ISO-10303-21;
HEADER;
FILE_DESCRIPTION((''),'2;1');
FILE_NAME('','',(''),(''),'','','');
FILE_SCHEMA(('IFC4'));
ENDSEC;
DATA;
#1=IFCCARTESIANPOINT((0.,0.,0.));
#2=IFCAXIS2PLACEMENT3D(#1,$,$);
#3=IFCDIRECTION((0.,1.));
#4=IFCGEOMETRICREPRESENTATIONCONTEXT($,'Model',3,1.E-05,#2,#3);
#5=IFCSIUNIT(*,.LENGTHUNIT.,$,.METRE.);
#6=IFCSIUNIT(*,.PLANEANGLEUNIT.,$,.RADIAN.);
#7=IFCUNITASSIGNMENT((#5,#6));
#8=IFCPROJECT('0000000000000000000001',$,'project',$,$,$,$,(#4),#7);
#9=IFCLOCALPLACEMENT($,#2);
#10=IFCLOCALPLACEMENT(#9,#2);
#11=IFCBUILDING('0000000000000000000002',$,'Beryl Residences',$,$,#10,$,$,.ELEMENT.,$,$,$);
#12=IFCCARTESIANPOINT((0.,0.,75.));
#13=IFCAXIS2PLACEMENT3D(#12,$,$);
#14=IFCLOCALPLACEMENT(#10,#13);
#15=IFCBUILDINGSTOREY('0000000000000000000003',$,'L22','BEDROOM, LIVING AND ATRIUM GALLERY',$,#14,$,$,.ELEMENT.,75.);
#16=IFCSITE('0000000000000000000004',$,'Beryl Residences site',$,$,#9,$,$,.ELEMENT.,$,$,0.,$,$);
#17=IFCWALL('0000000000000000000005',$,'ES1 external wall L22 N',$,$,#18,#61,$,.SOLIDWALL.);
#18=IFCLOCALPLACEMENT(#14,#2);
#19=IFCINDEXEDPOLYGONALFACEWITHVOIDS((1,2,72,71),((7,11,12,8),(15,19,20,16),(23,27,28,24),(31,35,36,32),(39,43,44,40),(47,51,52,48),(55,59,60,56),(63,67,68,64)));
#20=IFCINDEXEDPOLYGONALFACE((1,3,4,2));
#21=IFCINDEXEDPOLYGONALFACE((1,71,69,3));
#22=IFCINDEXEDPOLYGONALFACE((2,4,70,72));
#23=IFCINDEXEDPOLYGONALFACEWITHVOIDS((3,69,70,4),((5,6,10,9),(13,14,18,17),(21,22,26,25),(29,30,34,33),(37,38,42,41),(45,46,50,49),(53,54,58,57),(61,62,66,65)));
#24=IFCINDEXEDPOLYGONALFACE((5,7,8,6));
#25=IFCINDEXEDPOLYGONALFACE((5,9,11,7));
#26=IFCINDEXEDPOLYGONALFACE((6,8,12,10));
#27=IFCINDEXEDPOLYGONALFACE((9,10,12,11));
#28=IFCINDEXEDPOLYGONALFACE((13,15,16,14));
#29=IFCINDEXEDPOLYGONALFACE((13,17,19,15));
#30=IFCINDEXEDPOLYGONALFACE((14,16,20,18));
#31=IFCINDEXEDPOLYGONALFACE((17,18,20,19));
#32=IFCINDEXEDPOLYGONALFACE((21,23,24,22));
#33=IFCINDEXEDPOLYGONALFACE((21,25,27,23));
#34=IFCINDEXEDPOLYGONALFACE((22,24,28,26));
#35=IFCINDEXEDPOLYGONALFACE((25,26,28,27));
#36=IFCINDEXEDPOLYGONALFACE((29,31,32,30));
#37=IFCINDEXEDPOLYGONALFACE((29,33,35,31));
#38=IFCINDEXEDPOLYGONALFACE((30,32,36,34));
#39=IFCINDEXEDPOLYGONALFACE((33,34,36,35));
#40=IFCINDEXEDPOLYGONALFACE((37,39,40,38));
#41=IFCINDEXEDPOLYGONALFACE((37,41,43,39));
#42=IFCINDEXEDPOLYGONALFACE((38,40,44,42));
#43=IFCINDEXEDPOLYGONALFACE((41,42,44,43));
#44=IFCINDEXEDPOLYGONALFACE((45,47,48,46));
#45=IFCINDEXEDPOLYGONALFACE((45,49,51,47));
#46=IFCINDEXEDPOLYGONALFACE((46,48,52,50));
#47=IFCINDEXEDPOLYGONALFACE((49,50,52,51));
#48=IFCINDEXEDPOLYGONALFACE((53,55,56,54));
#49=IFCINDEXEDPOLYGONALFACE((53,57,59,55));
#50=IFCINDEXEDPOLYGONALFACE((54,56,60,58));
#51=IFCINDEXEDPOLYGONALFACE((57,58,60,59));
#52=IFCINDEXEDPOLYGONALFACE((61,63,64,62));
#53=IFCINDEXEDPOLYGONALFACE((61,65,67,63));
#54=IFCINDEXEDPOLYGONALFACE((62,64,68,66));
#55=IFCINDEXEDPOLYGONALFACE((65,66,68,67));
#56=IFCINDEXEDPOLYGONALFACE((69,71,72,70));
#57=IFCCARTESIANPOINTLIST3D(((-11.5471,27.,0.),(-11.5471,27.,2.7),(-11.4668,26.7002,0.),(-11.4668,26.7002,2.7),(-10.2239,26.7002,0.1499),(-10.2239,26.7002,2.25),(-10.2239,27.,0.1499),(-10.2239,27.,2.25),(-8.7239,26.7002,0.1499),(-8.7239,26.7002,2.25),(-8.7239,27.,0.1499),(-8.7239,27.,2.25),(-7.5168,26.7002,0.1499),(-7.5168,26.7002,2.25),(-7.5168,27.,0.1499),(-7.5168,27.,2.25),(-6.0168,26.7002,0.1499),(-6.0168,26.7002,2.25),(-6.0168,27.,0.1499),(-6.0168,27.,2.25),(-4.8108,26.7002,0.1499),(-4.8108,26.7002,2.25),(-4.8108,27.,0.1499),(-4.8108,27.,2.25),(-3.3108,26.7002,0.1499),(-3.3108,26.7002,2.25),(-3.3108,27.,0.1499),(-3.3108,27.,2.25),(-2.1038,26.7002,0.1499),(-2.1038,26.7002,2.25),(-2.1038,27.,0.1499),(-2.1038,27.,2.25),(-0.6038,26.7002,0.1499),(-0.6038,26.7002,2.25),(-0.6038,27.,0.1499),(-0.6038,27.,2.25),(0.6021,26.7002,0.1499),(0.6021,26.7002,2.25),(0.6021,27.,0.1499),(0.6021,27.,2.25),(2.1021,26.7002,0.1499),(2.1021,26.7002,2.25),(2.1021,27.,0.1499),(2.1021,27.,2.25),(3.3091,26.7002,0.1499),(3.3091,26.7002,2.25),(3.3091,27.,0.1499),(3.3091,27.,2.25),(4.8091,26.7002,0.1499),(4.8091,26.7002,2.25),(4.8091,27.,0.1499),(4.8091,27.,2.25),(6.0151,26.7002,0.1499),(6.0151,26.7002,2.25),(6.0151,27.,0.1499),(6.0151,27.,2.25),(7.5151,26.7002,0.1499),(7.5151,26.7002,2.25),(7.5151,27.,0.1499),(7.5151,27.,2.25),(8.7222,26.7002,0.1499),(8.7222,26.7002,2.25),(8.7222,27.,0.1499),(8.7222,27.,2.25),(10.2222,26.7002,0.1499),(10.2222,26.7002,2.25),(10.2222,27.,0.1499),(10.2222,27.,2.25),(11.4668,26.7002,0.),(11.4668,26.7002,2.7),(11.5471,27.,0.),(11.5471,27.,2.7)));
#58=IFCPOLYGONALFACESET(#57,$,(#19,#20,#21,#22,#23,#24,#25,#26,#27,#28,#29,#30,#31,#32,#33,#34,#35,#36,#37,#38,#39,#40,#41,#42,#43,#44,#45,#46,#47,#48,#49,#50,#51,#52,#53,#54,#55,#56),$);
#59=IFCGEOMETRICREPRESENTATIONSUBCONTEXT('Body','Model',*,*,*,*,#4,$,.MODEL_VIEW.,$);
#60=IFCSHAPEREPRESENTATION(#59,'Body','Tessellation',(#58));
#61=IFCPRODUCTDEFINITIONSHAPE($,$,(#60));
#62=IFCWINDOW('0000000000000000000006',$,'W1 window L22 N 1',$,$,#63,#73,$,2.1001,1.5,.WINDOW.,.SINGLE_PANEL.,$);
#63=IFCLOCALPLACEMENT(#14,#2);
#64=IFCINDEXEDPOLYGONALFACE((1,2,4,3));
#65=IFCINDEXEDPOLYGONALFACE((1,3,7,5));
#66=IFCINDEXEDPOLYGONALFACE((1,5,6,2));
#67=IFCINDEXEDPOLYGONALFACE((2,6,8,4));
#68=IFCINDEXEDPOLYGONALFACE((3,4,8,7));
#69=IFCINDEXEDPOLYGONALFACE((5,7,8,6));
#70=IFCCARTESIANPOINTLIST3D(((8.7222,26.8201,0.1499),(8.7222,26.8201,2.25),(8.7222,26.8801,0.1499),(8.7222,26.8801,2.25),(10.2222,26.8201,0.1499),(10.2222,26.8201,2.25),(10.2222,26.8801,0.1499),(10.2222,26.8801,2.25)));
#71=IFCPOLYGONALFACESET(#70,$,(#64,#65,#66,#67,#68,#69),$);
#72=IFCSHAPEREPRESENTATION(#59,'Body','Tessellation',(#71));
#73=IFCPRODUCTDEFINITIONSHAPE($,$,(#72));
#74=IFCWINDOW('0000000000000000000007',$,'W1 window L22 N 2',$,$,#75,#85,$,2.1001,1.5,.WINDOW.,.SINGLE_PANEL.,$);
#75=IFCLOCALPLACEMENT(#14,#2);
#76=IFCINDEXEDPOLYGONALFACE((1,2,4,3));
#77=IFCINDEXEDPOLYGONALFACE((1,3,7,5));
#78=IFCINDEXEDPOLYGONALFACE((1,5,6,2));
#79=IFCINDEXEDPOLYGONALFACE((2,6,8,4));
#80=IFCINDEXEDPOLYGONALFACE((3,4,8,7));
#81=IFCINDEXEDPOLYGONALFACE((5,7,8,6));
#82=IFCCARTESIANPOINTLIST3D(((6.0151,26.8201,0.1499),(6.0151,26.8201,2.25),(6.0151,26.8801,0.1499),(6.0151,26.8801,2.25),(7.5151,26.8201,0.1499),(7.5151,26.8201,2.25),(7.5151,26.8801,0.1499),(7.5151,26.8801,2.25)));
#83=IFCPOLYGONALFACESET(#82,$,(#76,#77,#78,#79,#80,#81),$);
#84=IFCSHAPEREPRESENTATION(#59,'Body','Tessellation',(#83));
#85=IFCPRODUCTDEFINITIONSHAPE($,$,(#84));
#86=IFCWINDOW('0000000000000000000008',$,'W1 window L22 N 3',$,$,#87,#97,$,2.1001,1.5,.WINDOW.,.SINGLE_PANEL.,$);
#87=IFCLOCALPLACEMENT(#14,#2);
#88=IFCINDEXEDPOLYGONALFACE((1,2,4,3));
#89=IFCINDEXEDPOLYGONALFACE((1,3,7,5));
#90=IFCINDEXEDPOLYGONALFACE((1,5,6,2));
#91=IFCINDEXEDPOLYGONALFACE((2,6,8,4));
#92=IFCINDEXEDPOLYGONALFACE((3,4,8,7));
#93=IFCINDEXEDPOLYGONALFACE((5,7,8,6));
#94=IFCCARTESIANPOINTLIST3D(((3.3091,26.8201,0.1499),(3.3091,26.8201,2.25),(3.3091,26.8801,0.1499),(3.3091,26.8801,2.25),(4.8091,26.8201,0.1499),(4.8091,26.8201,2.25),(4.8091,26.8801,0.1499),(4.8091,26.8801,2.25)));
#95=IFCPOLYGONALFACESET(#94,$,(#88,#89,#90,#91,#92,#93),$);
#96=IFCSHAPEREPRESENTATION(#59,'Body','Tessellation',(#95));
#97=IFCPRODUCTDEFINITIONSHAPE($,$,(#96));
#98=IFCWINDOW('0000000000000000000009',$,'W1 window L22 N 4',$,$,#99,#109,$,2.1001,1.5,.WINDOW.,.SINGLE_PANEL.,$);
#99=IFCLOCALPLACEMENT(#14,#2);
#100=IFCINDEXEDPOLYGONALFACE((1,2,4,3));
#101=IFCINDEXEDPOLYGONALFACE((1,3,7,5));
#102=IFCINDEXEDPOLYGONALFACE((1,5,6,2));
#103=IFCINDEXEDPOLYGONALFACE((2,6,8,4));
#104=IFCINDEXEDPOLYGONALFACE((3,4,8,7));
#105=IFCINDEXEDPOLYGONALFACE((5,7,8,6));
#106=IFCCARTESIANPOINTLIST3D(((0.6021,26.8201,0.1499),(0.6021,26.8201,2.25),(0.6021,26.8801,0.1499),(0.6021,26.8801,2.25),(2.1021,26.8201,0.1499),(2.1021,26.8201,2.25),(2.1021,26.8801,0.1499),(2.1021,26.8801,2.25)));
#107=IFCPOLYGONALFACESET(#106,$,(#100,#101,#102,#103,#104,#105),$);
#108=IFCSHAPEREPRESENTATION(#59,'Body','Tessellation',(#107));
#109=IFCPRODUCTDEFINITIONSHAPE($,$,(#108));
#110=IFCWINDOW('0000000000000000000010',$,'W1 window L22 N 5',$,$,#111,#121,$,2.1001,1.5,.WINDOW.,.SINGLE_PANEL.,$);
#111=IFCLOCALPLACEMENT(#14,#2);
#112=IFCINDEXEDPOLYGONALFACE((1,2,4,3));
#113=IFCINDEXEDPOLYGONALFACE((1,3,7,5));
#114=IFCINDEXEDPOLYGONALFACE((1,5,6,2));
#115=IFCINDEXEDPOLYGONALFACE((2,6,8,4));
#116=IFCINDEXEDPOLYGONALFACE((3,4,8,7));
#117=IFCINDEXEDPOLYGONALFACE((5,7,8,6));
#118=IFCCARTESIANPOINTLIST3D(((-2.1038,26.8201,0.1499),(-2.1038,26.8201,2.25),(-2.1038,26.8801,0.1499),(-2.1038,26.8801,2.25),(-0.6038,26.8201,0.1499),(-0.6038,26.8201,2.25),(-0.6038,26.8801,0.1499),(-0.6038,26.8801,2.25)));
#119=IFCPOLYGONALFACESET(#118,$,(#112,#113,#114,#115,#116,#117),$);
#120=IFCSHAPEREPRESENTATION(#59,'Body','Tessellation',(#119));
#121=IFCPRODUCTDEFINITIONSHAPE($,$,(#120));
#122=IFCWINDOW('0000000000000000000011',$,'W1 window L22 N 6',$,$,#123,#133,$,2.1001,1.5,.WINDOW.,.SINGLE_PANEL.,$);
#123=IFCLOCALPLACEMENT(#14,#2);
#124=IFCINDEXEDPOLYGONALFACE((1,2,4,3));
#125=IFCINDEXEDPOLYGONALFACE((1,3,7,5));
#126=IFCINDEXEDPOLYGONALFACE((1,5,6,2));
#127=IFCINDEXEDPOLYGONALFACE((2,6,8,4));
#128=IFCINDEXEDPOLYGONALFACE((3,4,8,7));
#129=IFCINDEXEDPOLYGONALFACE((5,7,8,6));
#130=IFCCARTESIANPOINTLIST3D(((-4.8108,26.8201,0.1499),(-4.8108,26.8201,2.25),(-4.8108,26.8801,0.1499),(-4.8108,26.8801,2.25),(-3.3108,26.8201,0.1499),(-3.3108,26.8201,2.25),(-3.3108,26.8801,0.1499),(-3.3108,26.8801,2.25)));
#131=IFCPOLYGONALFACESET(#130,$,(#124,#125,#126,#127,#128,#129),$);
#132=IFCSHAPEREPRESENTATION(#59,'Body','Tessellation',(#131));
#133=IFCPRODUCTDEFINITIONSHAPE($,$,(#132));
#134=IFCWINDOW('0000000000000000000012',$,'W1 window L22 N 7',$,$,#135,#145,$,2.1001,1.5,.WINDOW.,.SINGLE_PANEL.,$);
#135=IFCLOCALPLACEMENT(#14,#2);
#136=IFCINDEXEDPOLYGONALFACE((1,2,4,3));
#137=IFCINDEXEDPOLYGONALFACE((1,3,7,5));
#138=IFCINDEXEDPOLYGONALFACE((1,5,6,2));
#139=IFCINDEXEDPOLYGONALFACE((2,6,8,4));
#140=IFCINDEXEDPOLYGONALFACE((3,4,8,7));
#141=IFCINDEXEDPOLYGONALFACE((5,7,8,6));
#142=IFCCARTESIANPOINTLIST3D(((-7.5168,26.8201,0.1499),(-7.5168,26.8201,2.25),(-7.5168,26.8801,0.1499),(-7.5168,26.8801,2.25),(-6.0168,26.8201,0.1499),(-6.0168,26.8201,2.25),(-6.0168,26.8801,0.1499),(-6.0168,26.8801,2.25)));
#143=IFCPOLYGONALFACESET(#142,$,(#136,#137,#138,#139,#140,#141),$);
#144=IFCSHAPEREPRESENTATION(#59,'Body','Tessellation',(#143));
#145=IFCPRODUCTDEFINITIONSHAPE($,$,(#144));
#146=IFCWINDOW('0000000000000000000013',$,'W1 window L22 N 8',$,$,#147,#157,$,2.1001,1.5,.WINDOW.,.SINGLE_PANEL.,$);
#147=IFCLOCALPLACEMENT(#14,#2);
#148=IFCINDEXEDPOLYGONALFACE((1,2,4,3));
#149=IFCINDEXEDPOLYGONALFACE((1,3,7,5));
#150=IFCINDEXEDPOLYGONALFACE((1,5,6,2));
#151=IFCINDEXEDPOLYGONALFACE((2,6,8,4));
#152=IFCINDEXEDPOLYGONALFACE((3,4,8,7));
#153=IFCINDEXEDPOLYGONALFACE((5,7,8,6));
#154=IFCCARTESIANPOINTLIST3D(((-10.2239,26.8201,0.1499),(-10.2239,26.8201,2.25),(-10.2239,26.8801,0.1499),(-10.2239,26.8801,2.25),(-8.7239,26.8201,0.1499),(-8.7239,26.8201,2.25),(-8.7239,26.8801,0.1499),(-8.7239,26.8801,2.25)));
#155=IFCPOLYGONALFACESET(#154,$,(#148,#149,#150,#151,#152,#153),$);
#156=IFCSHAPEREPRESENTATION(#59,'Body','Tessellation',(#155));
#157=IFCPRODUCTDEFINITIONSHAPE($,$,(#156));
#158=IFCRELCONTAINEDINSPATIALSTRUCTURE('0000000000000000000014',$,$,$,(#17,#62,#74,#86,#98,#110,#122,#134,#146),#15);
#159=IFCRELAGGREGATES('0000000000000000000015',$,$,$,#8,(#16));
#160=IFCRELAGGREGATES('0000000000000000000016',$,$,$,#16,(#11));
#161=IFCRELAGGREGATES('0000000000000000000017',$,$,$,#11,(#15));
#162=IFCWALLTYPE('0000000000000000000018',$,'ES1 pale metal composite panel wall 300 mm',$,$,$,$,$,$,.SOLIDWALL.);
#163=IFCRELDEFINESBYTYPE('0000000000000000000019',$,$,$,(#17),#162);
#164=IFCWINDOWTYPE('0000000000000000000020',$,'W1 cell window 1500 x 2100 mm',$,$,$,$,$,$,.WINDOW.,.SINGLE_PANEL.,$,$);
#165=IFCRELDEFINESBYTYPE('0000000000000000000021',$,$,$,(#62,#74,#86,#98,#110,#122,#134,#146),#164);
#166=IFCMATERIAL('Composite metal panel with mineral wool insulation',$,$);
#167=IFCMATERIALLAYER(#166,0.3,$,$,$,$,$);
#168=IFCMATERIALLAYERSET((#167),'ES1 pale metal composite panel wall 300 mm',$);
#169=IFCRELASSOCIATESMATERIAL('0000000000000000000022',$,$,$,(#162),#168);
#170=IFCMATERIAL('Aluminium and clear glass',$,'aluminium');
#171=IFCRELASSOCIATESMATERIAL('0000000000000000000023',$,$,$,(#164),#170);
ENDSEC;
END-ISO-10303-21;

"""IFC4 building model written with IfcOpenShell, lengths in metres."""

from ifc_helpers import new_model, si_unit, direction, frame, frame_2d, origin, place, context, subcontext, project, spatial, polyline, rectangle, outline, extrude, material, layer, layer_set, type_object, element, fill, save


model = new_model("IFC4")

# Units and contexts
model_context = context("Model", 3, precision=1e-05, world=origin(), true_north=direction((0.0, 1.0)))
body_context = subcontext(model_context, "Body", "Model", "MODEL_VIEW")
ifc_project = project(units=[si_unit("LENGTHUNIT", "METRE"), si_unit("PLANEANGLEUNIT", "RADIAN")], contexts=[model_context])

# Site, building, storey
site_placement = place(None, origin())
site = spatial("IfcSite", under=ifc_project, at=site_placement, Name="Beryl Residences site", CompositionType="ELEMENT", RefElevation=0.0)
building_placement = place(site_placement, origin())
building = spatial("IfcBuilding", under=site, at=building_placement, Name="Beryl Residences", CompositionType="ELEMENT")
storey_placement = place(building_placement, frame((0.0, 0.0, 75.0)))
storey = spatial("IfcBuildingStorey", under=building, at=storey_placement, Name="L22", Description="BEDROOM, LIVING AND ATRIUM GALLERY", CompositionType="ELEMENT", Elevation=75.0)

# Wall, openings, windows
ifc_material_1 = material(Name="Composite metal panel with mineral wool insulation")
ifc_layer = layer(ifc_material_1, 0.3)
ifc_layer_set = layer_set([ifc_layer], Name="ES1 pale metal composite panel wall 300 mm")
wall_type = type_object("IfcWallType", Name="ES1 pale metal composite panel wall 300 mm", PredefinedType="SOLIDWALL", material=ifc_layer_set)
wall_1_placement = place(storey_placement, frame((11.5471, 26.8501, 0.0), z_axis=(0.0, 0.0, 1.0), x_axis=(-1.0, 0.0, 0.0)))
wall_1 = element("IfcWall", 1, at=wall_1_placement, inside=storey, type_object=wall_type, Name="ES1 external wall L22 N", PredefinedType="SOLIDWALL", context=body_context, shape_type="SweptSolid", body=[
    extrude(outline(polyline([(0.0, -0.1499), (23.0942, -0.1499), (23.0139, 0.1499), (0.0803, 0.1499), (0.0, -0.1499)])), origin(), (0.0, 0.0, 1.0), 2.7),
])
opening_1_placement = place(wall_1_placement, frame((1.325, 0.0, 0.1499)))
opening_1 = element("IfcOpeningElement", 2, at=opening_1_placement, cuts=wall_1, PredefinedType="OPENING", context=body_context, shape_type="SweptSolid", body=[
    extrude(rectangle(XDim=1.5, YDim=2.1001, at=frame_2d((0.75, 1.05))), frame((0.0, 0.1599, 0.0), z_axis=(0.0, -1.0, 0.0), x_axis=(1.0, 0.0, 0.0)), (0.0, 0.0, 1.0), 0.3201),
])
opening_2_placement = place(wall_1_placement, frame((4.032, 0.0, 0.1499)))
opening_2 = element("IfcOpeningElement", 3, at=opening_2_placement, cuts=wall_1, PredefinedType="OPENING", context=body_context, shape_type="SweptSolid", body=[
    extrude(rectangle(XDim=1.5, YDim=2.1001, at=frame_2d((0.75, 1.05))), frame((0.0, 0.1599, 0.0), z_axis=(0.0, -1.0, 0.0), x_axis=(1.0, 0.0, 0.0)), (0.0, 0.0, 1.0), 0.3201),
])
opening_3_placement = place(wall_1_placement, frame((6.738, 0.0, 0.1499)))
opening_3 = element("IfcOpeningElement", 4, at=opening_3_placement, cuts=wall_1, PredefinedType="OPENING", context=body_context, shape_type="SweptSolid", body=[
    extrude(rectangle(XDim=1.5, YDim=2.1001, at=frame_2d((0.75, 1.05))), frame((0.0, 0.1599, 0.0), z_axis=(0.0, -1.0, 0.0), x_axis=(1.0, 0.0, 0.0)), (0.0, 0.0, 1.0), 0.3201),
])
opening_4_placement = place(wall_1_placement, frame((9.4451, 0.0, 0.1499)))
opening_4 = element("IfcOpeningElement", 5, at=opening_4_placement, cuts=wall_1, PredefinedType="OPENING", context=body_context, shape_type="SweptSolid", body=[
    extrude(rectangle(XDim=1.5, YDim=2.1001, at=frame_2d((0.75, 1.05))), frame((0.0, 0.1599, 0.0), z_axis=(0.0, -1.0, 0.0), x_axis=(1.0, 0.0, 0.0)), (0.0, 0.0, 1.0), 0.3201),
])
opening_5_placement = place(wall_1_placement, frame((12.1509, 0.0, 0.1499)))
opening_5 = element("IfcOpeningElement", 6, at=opening_5_placement, cuts=wall_1, PredefinedType="OPENING", context=body_context, shape_type="SweptSolid", body=[
    extrude(rectangle(XDim=1.5, YDim=2.1001, at=frame_2d((0.75, 1.05))), frame((0.0, 0.1599, 0.0), z_axis=(0.0, -1.0, 0.0), x_axis=(1.0, 0.0, 0.0)), (0.0, 0.0, 1.0), 0.3201),
])
opening_6_placement = place(wall_1_placement, frame((14.8579, 0.0, 0.1499)))
opening_6 = element("IfcOpeningElement", 7, at=opening_6_placement, cuts=wall_1, PredefinedType="OPENING", context=body_context, shape_type="SweptSolid", body=[
    extrude(rectangle(XDim=1.5, YDim=2.1001, at=frame_2d((0.75, 1.05))), frame((0.0, 0.1599, 0.0), z_axis=(0.0, -1.0, 0.0), x_axis=(1.0, 0.0, 0.0)), (0.0, 0.0, 1.0), 0.3201),
])
opening_7_placement = place(wall_1_placement, frame((17.564, 0.0, 0.1499)))
opening_7 = element("IfcOpeningElement", 8, at=opening_7_placement, cuts=wall_1, PredefinedType="OPENING", context=body_context, shape_type="SweptSolid", body=[
    extrude(rectangle(XDim=1.5, YDim=2.1001, at=frame_2d((0.75, 1.05))), frame((0.0, 0.1599, 0.0), z_axis=(0.0, -1.0, 0.0), x_axis=(1.0, 0.0, 0.0)), (0.0, 0.0, 1.0), 0.3201),
])
opening_8_placement = place(wall_1_placement, frame((20.271, 0.0, 0.1499)))
opening_8 = element("IfcOpeningElement", 9, at=opening_8_placement, cuts=wall_1, PredefinedType="OPENING", context=body_context, shape_type="SweptSolid", body=[
    extrude(rectangle(XDim=1.5, YDim=2.1001, at=frame_2d((0.75, 1.05))), frame((0.0, 0.1599, 0.0), z_axis=(0.0, -1.0, 0.0), x_axis=(1.0, 0.0, 0.0)), (0.0, 0.0, 1.0), 0.3201),
])
ifc_material_2 = material(Name="Aluminium and clear glass", Category="aluminium")
window_type_1 = type_object("IfcWindowType", Name="W1 cell window 1500 x 2100 mm", PartitioningType="SINGLE_PANEL", PredefinedType="WINDOW", material=ifc_material_2)
window_1_placement = place(opening_1_placement, origin())
window_1 = element("IfcWindow", 10, at=window_1_placement, inside=storey, type_object=window_type_1, Name="W1 window L22 N 1", OverallHeight=2.1001, OverallWidth=1.5, PartitioningType="SINGLE_PANEL", PredefinedType="WINDOW", context=body_context, shape_type="SweptSolid", body=[
    extrude(rectangle(XDim=1.5, YDim=2.1001, at=frame_2d((0.75, 1.05))), frame((0.0, 0.03, 0.0), z_axis=(0.0, -1.0, 0.0), x_axis=(1.0, 0.0, 0.0)), (0.0, 0.0, 1.0), 0.0601),
])
fill(opening_1, window_1)
window_2_placement = place(opening_2_placement, origin())
window_2 = element("IfcWindow", 11, at=window_2_placement, inside=storey, type_object=window_type_1, Name="W1 window L22 N 2", OverallHeight=2.1001, OverallWidth=1.5, PartitioningType="SINGLE_PANEL", PredefinedType="WINDOW", context=body_context, shape_type="SweptSolid", body=[
    extrude(rectangle(XDim=1.5, YDim=2.1001, at=frame_2d((0.75, 1.05))), frame((0.0, 0.03, 0.0), z_axis=(0.0, -1.0, 0.0), x_axis=(1.0, 0.0, 0.0)), (0.0, 0.0, 1.0), 0.0601),
])
fill(opening_2, window_2)
window_3_placement = place(opening_3_placement, origin())
window_3 = element("IfcWindow", 12, at=window_3_placement, inside=storey, type_object=window_type_1, Name="W1 window L22 N 3", OverallHeight=2.1001, OverallWidth=1.5, PartitioningType="SINGLE_PANEL", PredefinedType="WINDOW", context=body_context, shape_type="SweptSolid", body=[
    extrude(rectangle(XDim=1.5, YDim=2.1001, at=frame_2d((0.75, 1.05))), frame((0.0, 0.03, 0.0), z_axis=(0.0, -1.0, 0.0), x_axis=(1.0, 0.0, 0.0)), (0.0, 0.0, 1.0), 0.0601),
])
fill(opening_3, window_3)
window_4_placement = place(opening_4_placement, origin())
window_4 = element("IfcWindow", 13, at=window_4_placement, inside=storey, type_object=window_type_1, Name="W1 window L22 N 4", OverallHeight=2.1001, OverallWidth=1.5, PartitioningType="SINGLE_PANEL", PredefinedType="WINDOW", context=body_context, shape_type="SweptSolid", body=[
    extrude(rectangle(XDim=1.5, YDim=2.1001, at=frame_2d((0.75, 1.05))), frame((0.0, 0.03, 0.0), z_axis=(0.0, -1.0, 0.0), x_axis=(1.0, 0.0, 0.0)), (0.0, 0.0, 1.0), 0.0601),
])
fill(opening_4, window_4)
window_5_placement = place(opening_5_placement, origin())
window_5 = element("IfcWindow", 14, at=window_5_placement, inside=storey, type_object=window_type_1, Name="W1 window L22 N 5", OverallHeight=2.1001, OverallWidth=1.5, PartitioningType="SINGLE_PANEL", PredefinedType="WINDOW", context=body_context, shape_type="SweptSolid", body=[
    extrude(rectangle(XDim=1.5, YDim=2.1001, at=frame_2d((0.75, 1.05))), frame((0.0, 0.03, 0.0), z_axis=(0.0, -1.0, 0.0), x_axis=(1.0, 0.0, 0.0)), (0.0, 0.0, 1.0), 0.0601),
])
fill(opening_5, window_5)
window_6_placement = place(opening_6_placement, origin())
window_6 = element("IfcWindow", 15, at=window_6_placement, inside=storey, type_object=window_type_1, Name="W1 window L22 N 6", OverallHeight=2.1001, OverallWidth=1.5, PartitioningType="SINGLE_PANEL", PredefinedType="WINDOW", context=body_context, shape_type="SweptSolid", body=[
    extrude(rectangle(XDim=1.5, YDim=2.1001, at=frame_2d((0.75, 1.05))), frame((0.0, 0.03, 0.0), z_axis=(0.0, -1.0, 0.0), x_axis=(1.0, 0.0, 0.0)), (0.0, 0.0, 1.0), 0.0601),
])
fill(opening_6, window_6)
window_7_placement = place(opening_7_placement, origin())
window_7 = element("IfcWindow", 16, at=window_7_placement, inside=storey, type_object=window_type_1, Name="W1 window L22 N 7", OverallHeight=2.1001, OverallWidth=1.5, PartitioningType="SINGLE_PANEL", PredefinedType="WINDOW", context=body_context, shape_type="SweptSolid", body=[
    extrude(rectangle(XDim=1.5, YDim=2.1001, at=frame_2d((0.75, 1.05))), frame((0.0, 0.03, 0.0), z_axis=(0.0, -1.0, 0.0), x_axis=(1.0, 0.0, 0.0)), (0.0, 0.0, 1.0), 0.0601),
])
fill(opening_7, window_7)
window_8_placement = place(opening_8_placement, origin())
window_8 = element("IfcWindow", 17, at=window_8_placement, inside=storey, type_object=window_type_1, Name="W1 window L22 N 8", OverallHeight=2.1001, OverallWidth=1.5, PartitioningType="SINGLE_PANEL", PredefinedType="WINDOW", context=body_context, shape_type="SweptSolid", body=[
    extrude(rectangle(XDim=1.5, YDim=2.1001, at=frame_2d((0.75, 1.05))), frame((0.0, 0.03, 0.0), z_axis=(0.0, -1.0, 0.0), x_axis=(1.0, 0.0, 0.0)), (0.0, 0.0, 1.0), 0.0601),
])
fill(opening_8, window_8)

save(model, "model.ifc")
